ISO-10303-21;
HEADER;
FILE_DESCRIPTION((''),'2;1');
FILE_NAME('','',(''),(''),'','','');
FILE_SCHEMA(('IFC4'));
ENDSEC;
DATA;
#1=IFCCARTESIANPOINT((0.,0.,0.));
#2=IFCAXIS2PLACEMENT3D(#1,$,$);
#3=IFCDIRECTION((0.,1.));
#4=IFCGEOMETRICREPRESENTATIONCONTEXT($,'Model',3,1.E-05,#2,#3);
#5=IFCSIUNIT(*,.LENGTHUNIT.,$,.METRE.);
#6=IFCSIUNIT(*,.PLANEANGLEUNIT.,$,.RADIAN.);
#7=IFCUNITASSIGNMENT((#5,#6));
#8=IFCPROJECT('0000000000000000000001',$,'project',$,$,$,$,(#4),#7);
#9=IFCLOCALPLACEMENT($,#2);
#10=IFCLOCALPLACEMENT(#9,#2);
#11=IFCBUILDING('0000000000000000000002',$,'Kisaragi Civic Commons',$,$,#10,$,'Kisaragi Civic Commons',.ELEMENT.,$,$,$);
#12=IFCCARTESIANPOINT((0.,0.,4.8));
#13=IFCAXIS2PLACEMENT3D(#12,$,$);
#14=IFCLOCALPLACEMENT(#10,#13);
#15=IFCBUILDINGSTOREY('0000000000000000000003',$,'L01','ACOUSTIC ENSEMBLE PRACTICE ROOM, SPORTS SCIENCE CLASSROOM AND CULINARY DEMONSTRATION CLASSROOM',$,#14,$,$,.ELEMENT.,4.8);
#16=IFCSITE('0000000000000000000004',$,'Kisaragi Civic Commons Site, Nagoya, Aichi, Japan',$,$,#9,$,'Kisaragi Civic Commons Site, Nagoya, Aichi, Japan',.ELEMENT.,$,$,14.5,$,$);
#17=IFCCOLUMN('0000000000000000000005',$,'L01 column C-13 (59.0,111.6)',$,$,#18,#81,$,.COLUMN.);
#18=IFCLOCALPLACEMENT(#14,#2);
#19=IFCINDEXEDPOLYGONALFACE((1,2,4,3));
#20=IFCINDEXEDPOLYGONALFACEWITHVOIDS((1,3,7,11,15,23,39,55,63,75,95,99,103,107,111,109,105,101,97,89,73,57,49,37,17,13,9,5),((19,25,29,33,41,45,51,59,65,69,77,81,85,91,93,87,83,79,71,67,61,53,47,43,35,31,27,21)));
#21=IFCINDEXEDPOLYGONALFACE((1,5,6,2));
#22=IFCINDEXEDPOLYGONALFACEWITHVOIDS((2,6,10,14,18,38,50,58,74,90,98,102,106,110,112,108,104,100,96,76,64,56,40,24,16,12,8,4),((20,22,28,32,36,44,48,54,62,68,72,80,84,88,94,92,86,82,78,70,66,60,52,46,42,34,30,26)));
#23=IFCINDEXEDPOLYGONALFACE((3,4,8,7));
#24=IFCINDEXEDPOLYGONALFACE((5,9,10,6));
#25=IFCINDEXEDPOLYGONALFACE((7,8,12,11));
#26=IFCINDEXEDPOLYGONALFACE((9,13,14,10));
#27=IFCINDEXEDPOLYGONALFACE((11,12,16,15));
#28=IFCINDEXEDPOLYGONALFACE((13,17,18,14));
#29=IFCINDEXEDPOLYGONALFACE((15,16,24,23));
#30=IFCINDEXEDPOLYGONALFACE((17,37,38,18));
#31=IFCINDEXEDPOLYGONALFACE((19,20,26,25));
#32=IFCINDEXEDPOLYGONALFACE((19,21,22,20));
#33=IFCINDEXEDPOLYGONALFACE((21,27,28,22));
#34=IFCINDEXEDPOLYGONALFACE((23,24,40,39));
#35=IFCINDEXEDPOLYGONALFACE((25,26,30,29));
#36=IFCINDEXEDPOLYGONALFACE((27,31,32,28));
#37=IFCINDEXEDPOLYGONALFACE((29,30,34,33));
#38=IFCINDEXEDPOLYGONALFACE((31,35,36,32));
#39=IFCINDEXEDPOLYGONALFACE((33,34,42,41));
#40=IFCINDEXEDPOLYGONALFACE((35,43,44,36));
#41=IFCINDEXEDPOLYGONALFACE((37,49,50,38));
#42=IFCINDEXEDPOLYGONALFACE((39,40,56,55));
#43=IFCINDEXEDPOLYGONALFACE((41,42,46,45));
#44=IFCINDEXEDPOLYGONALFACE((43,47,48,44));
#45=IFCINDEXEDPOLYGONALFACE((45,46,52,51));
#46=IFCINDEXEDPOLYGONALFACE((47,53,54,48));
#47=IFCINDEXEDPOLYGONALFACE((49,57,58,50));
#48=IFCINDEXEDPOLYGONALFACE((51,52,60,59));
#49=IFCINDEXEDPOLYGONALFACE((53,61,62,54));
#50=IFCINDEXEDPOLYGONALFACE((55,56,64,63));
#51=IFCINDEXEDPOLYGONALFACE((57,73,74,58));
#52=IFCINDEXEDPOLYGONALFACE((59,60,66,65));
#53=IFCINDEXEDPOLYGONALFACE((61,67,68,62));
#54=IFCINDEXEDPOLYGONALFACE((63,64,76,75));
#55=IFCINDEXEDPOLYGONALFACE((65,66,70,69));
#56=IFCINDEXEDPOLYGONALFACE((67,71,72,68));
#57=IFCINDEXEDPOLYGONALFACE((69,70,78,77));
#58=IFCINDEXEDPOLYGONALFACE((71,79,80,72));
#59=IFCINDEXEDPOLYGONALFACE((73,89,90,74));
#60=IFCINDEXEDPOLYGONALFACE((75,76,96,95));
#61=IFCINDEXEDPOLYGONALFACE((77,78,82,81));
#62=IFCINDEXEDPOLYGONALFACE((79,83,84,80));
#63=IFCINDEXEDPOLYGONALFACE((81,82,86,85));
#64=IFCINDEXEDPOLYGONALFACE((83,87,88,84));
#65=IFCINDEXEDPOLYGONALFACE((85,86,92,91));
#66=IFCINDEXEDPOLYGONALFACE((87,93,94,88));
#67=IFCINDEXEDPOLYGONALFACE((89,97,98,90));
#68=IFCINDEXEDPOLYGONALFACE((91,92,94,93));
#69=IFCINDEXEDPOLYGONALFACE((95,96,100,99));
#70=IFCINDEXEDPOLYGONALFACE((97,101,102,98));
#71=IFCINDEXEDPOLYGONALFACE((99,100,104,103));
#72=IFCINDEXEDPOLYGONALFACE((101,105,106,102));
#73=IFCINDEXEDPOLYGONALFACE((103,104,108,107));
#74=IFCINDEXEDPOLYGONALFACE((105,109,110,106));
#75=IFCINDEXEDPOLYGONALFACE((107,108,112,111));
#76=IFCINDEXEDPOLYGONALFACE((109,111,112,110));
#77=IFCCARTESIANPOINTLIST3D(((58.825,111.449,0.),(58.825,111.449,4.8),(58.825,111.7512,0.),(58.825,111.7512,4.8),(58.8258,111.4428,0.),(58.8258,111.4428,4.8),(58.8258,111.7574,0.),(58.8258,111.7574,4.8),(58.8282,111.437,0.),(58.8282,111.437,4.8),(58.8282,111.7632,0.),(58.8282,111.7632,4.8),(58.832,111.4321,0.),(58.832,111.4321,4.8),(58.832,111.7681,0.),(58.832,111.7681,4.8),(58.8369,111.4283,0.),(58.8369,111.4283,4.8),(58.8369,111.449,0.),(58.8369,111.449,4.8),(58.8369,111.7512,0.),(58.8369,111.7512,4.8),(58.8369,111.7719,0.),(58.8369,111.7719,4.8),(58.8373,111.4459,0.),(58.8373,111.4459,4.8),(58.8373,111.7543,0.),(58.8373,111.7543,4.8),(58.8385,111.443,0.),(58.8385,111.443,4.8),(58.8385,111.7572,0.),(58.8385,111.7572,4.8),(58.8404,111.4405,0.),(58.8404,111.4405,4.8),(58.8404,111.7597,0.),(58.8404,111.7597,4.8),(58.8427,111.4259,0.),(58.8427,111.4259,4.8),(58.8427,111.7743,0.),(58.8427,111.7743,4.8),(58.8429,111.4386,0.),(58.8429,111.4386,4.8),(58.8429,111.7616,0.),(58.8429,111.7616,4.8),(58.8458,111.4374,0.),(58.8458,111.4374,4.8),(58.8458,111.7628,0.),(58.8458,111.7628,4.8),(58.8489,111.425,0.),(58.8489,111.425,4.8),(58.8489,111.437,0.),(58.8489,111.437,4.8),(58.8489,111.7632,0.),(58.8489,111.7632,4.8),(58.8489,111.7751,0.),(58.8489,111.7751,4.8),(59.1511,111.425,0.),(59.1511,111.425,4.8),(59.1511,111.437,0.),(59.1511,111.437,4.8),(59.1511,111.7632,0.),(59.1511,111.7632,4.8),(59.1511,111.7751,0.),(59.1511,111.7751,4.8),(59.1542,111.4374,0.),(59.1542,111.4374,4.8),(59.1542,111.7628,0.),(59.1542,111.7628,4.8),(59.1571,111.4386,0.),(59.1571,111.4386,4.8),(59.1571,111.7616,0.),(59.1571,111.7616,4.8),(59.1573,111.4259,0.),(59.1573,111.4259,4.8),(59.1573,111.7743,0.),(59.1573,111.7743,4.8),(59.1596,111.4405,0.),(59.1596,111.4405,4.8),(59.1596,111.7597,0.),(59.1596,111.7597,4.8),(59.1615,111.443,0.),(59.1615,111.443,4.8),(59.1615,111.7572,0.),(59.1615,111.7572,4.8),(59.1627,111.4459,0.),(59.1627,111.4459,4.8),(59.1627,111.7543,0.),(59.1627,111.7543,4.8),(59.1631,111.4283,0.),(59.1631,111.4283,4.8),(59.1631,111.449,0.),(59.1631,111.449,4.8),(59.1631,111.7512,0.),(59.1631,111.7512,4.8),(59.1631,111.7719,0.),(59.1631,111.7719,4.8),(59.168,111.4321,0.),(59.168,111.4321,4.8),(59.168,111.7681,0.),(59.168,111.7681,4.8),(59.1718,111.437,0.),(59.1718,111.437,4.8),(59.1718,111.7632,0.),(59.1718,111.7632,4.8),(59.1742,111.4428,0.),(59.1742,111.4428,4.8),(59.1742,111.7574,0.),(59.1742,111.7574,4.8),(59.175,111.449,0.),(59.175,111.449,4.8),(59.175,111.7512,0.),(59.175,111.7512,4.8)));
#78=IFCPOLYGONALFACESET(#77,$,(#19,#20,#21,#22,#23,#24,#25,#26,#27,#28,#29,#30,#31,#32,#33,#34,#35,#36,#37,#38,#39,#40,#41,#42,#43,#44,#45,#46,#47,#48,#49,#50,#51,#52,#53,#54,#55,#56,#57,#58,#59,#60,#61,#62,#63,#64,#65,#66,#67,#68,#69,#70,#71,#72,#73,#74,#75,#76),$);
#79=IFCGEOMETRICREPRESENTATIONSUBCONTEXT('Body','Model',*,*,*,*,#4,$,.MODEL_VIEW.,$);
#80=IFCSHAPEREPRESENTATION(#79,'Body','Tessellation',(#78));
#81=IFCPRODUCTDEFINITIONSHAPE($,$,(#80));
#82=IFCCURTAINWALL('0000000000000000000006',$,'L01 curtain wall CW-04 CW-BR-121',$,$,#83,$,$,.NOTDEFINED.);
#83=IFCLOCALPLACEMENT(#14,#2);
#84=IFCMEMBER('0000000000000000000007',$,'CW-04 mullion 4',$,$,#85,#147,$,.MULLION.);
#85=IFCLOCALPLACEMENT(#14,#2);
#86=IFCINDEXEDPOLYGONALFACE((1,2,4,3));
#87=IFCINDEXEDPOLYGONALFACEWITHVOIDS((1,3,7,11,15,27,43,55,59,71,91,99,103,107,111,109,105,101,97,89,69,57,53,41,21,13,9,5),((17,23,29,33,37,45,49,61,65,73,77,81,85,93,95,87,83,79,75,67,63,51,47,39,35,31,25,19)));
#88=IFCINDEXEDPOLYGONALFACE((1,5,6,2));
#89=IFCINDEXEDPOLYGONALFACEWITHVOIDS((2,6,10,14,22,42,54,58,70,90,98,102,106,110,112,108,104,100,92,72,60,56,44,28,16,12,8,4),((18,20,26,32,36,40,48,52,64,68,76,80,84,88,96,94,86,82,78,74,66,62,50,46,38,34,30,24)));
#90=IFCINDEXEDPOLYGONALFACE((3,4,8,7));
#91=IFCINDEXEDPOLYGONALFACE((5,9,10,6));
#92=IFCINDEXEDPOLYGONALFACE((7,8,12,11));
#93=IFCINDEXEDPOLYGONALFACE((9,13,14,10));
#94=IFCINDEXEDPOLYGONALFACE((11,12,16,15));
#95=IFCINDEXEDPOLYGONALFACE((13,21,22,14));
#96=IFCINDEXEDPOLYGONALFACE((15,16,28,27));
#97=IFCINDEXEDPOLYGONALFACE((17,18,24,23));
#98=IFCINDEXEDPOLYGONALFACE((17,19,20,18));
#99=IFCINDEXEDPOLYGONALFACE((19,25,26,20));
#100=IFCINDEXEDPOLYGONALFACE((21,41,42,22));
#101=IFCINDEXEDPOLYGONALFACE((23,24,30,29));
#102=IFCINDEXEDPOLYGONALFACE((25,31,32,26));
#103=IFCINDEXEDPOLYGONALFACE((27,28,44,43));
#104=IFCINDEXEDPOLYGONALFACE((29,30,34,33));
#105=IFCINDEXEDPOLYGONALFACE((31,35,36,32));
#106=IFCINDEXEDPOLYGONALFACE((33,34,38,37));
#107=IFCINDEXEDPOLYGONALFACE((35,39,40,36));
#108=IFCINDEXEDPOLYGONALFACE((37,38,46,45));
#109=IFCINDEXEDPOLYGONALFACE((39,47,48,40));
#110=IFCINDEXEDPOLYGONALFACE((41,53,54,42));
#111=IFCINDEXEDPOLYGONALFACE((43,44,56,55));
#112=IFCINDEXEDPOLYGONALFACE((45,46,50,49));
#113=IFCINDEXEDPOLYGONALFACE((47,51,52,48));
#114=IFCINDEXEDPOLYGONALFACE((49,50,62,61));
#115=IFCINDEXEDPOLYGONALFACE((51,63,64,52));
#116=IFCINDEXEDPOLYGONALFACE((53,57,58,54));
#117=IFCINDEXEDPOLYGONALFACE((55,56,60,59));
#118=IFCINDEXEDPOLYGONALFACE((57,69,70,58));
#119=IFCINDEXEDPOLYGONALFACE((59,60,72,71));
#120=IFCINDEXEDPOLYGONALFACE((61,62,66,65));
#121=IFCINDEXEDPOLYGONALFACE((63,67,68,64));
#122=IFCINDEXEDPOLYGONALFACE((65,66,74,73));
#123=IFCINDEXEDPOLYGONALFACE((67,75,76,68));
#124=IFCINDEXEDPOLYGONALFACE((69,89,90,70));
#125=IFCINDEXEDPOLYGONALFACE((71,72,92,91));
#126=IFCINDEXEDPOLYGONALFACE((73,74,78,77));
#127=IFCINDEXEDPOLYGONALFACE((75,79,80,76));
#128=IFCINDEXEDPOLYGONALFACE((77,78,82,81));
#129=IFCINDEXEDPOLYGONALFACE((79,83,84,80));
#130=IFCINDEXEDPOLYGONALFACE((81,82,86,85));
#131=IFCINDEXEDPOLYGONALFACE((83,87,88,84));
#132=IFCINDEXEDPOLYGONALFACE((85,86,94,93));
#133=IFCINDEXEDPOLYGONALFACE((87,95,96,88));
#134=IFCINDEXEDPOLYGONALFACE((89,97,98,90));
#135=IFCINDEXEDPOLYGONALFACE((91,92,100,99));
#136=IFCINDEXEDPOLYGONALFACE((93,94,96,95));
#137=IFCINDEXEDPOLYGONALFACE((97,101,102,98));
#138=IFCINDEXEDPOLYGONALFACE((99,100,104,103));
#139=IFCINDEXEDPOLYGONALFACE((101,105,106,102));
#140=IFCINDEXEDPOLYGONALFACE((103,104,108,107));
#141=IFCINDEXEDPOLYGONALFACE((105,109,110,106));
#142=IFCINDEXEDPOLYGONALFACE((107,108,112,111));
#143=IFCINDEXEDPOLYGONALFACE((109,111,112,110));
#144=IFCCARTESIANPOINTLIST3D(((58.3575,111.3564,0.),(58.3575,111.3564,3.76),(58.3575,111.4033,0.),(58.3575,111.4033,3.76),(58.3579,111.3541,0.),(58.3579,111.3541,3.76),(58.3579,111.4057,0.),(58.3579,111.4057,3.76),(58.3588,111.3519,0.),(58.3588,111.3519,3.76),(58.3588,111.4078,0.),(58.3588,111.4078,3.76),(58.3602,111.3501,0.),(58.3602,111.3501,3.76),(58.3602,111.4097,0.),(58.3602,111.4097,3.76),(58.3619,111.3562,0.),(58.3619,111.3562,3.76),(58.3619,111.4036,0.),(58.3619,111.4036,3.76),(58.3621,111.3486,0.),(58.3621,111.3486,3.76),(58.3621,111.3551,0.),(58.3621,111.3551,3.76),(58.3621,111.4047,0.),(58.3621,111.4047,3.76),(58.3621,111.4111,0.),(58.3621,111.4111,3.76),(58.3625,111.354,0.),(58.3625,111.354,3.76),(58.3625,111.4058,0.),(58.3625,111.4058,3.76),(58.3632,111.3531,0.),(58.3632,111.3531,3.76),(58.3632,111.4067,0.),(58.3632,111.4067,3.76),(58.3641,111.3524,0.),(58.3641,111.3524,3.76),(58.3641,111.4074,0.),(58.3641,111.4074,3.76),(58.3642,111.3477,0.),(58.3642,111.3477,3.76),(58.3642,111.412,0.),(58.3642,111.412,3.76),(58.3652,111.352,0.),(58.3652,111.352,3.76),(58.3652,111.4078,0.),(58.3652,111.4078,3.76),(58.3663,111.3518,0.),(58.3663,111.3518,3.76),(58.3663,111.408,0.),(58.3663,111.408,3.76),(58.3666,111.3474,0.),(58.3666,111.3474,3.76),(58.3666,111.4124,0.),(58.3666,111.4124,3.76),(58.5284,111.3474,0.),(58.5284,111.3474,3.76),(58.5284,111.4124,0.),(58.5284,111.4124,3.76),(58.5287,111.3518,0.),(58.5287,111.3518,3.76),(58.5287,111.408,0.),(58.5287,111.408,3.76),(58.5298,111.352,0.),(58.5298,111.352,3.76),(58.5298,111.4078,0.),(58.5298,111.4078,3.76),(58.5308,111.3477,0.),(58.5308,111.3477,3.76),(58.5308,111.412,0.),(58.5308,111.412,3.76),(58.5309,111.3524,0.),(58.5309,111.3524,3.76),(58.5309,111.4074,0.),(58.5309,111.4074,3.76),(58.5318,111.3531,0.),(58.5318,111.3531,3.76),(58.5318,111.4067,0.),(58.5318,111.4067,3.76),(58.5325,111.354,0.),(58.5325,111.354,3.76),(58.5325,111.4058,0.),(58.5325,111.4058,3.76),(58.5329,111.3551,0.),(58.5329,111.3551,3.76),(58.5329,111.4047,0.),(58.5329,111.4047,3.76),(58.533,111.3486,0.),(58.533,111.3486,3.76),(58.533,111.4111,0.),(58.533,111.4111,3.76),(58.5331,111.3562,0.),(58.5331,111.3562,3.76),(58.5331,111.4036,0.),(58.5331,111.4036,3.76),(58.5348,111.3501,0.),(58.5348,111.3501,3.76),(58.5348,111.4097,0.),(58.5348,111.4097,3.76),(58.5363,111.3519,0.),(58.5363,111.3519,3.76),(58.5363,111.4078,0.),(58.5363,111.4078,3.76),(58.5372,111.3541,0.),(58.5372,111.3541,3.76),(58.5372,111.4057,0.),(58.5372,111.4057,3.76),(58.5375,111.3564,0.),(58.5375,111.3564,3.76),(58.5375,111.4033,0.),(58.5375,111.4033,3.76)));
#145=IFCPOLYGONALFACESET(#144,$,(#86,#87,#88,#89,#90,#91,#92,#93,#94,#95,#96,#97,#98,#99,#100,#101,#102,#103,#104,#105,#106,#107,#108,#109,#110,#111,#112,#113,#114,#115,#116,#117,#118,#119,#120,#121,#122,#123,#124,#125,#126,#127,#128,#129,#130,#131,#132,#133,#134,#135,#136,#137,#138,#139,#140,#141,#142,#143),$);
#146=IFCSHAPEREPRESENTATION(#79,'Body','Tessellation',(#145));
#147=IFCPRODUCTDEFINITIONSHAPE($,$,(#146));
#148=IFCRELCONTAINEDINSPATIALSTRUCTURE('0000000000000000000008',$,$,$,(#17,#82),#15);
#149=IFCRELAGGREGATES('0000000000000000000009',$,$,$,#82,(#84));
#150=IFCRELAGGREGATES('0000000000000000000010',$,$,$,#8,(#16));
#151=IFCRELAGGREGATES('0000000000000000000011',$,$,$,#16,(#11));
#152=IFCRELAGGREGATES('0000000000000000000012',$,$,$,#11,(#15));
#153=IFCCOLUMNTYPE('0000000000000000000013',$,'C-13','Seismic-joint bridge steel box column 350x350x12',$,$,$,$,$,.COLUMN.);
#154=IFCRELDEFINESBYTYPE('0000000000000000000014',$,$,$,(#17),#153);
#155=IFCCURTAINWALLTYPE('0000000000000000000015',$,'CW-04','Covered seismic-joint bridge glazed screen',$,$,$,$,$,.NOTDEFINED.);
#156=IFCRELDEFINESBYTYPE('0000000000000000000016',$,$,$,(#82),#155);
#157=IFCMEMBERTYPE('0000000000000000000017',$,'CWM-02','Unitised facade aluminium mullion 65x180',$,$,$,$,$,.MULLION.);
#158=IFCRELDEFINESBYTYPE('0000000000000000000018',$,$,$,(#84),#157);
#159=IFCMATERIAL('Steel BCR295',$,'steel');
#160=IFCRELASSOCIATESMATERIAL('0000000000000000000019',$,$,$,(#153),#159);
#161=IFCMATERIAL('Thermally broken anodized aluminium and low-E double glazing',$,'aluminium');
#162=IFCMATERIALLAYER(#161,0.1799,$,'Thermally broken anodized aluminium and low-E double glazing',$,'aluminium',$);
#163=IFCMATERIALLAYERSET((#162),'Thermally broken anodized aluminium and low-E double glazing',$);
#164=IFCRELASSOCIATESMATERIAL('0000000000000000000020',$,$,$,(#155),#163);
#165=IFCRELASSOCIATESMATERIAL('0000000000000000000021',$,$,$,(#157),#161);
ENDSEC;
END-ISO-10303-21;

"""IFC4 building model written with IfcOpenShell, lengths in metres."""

from ifc_helpers import new_model, si_unit, direction, frame, origin, origin_2d, place, context, subcontext, project, spatial, hollow_rectangle, extrude, material, layer, layer_set, material_profile, profile_set, type_object, element, aggregate, save


model = new_model("IFC4")

# Units and contexts
model_context = context("Model", 3, precision=1e-05, world=origin(), true_north=direction((0.0, 1.0)))
body_context = subcontext(model_context, "Body", "Model", "MODEL_VIEW")
ifc_project = project(units=[si_unit("LENGTHUNIT", "METRE"), si_unit("PLANEANGLEUNIT", "RADIAN")], contexts=[model_context])

# Site, building, storey
site_placement = place(None, origin())
site = spatial("IfcSite", under=ifc_project, at=site_placement, Name="Kisaragi Civic Commons Site, Nagoya, Aichi, Japan", LongName="Kisaragi Civic Commons Site, Nagoya, Aichi, Japan", CompositionType="ELEMENT", RefElevation=14.5)
building_placement = place(site_placement, origin())
building = spatial("IfcBuilding", under=site, at=building_placement, Name="Kisaragi Civic Commons", LongName="Kisaragi Civic Commons", CompositionType="ELEMENT")
storey_placement = place(building_placement, frame((0.0, 0.0, 4.8)))
storey = spatial("IfcBuildingStorey", under=building, at=storey_placement, Name="L01", Description="ACOUSTIC ENSEMBLE PRACTICE ROOM, SPORTS SCIENCE CLASSROOM AND CULINARY DEMONSTRATION CLASSROOM", CompositionType="ELEMENT", Elevation=4.8)

# Column
ifc_material_1 = material(Name="Steel BCR295", Category="steel")
ifc_material_profile_1 = material_profile(ifc_material_1, hollow_rectangle(XDim=0.3501, YDim=0.3501, WallThickness=0.012, InnerFilletRadius=0.012, OuterFilletRadius=0.0239, at=origin_2d()), Name="BCR-350x350x12", Category="steel")
ifc_profile_set_1 = profile_set([ifc_material_profile_1], Name="Steel BCR295")
column_type = type_object("IfcColumnType", Name="C-13", Description="Seismic-joint bridge steel box column 350x350x12", PredefinedType="COLUMN", material=ifc_profile_set_1)
column_placement = place(storey_placement, frame((59.0, 111.6001, 0.0), z_axis=(0.0, 0.0, 1.0), x_axis=(1.0, 0.0, 0.0)))
element("IfcColumn", 1, at=column_placement, inside=storey, type_object=column_type, Name="L01 column C-13 (59.0,111.6)", PredefinedType="COLUMN", context=body_context, shape_type="SweptSolid", body=[
    extrude(hollow_rectangle(XDim=0.3501, YDim=0.3501, WallThickness=0.012, InnerFilletRadius=0.012, OuterFilletRadius=0.0239, at=origin_2d()), origin(), (0.0, 0.0, 1.0), 4.8),
])

# Curtain wall, member
ifc_material_2 = material(Name="Thermally broken anodized aluminium and low-E double glazing", Category="aluminium")
ifc_layer_1 = layer(ifc_material_2, 0.1799, Name="Thermally broken anodized aluminium and low-E double glazing", Category="aluminium")
ifc_layer_set_1 = layer_set([ifc_layer_1], Name="Thermally broken anodized aluminium and low-E double glazing")
curtain_wall_type = type_object("IfcCurtainWallType", Name="CW-04", Description="Covered seismic-joint bridge glazed screen", PredefinedType="NOTDEFINED", material=ifc_layer_set_1)
curtain_wall_1_placement = place(storey_placement, origin())
curtain_wall_1 = element("IfcCurtainWall", 2, at=curtain_wall_1_placement, inside=storey, type_object=curtain_wall_type, Name="L01 curtain wall CW-04 CW-BR-121", PredefinedType="NOTDEFINED")
ifc_material_profile_2 = material_profile(ifc_material_2, hollow_rectangle(XDim=0.0649, YDim=0.1799, WallThickness=0.0044, InnerFilletRadius=0.0044, OuterFilletRadius=0.009, at=origin_2d()), Name="CWM-65x180x4.5", Category="aluminium")
ifc_profile_set_2 = profile_set([ifc_material_profile_2], Name="Thermally broken anodized aluminium and low-E double glazing")
member_type_1 = type_object("IfcMemberType", Name="CWM-02", Description="Unitised facade aluminium mullion 65x180", PredefinedType="MULLION", material=ifc_profile_set_2)
member_1_placement = place(storey_placement, frame((58.4475, 111.3799, 0.0), z_axis=(0.0, 0.0, 1.0), x_axis=(0.0, 1.0, 0.0)))
member_1 = element("IfcMember", 3, at=member_1_placement, type_object=member_type_1, Name="CW-04 mullion 4", PredefinedType="MULLION", context=body_context, shape_type="SweptSolid", body=[
    extrude(hollow_rectangle(XDim=0.0649, YDim=0.1799, WallThickness=0.0044, InnerFilletRadius=0.0044, OuterFilletRadius=0.009, at=origin_2d()), origin(), (0.0, 0.0, 1.0), 3.76),
])

aggregate(curtain_wall_1, [member_1])

save(model, "model.ifc")
